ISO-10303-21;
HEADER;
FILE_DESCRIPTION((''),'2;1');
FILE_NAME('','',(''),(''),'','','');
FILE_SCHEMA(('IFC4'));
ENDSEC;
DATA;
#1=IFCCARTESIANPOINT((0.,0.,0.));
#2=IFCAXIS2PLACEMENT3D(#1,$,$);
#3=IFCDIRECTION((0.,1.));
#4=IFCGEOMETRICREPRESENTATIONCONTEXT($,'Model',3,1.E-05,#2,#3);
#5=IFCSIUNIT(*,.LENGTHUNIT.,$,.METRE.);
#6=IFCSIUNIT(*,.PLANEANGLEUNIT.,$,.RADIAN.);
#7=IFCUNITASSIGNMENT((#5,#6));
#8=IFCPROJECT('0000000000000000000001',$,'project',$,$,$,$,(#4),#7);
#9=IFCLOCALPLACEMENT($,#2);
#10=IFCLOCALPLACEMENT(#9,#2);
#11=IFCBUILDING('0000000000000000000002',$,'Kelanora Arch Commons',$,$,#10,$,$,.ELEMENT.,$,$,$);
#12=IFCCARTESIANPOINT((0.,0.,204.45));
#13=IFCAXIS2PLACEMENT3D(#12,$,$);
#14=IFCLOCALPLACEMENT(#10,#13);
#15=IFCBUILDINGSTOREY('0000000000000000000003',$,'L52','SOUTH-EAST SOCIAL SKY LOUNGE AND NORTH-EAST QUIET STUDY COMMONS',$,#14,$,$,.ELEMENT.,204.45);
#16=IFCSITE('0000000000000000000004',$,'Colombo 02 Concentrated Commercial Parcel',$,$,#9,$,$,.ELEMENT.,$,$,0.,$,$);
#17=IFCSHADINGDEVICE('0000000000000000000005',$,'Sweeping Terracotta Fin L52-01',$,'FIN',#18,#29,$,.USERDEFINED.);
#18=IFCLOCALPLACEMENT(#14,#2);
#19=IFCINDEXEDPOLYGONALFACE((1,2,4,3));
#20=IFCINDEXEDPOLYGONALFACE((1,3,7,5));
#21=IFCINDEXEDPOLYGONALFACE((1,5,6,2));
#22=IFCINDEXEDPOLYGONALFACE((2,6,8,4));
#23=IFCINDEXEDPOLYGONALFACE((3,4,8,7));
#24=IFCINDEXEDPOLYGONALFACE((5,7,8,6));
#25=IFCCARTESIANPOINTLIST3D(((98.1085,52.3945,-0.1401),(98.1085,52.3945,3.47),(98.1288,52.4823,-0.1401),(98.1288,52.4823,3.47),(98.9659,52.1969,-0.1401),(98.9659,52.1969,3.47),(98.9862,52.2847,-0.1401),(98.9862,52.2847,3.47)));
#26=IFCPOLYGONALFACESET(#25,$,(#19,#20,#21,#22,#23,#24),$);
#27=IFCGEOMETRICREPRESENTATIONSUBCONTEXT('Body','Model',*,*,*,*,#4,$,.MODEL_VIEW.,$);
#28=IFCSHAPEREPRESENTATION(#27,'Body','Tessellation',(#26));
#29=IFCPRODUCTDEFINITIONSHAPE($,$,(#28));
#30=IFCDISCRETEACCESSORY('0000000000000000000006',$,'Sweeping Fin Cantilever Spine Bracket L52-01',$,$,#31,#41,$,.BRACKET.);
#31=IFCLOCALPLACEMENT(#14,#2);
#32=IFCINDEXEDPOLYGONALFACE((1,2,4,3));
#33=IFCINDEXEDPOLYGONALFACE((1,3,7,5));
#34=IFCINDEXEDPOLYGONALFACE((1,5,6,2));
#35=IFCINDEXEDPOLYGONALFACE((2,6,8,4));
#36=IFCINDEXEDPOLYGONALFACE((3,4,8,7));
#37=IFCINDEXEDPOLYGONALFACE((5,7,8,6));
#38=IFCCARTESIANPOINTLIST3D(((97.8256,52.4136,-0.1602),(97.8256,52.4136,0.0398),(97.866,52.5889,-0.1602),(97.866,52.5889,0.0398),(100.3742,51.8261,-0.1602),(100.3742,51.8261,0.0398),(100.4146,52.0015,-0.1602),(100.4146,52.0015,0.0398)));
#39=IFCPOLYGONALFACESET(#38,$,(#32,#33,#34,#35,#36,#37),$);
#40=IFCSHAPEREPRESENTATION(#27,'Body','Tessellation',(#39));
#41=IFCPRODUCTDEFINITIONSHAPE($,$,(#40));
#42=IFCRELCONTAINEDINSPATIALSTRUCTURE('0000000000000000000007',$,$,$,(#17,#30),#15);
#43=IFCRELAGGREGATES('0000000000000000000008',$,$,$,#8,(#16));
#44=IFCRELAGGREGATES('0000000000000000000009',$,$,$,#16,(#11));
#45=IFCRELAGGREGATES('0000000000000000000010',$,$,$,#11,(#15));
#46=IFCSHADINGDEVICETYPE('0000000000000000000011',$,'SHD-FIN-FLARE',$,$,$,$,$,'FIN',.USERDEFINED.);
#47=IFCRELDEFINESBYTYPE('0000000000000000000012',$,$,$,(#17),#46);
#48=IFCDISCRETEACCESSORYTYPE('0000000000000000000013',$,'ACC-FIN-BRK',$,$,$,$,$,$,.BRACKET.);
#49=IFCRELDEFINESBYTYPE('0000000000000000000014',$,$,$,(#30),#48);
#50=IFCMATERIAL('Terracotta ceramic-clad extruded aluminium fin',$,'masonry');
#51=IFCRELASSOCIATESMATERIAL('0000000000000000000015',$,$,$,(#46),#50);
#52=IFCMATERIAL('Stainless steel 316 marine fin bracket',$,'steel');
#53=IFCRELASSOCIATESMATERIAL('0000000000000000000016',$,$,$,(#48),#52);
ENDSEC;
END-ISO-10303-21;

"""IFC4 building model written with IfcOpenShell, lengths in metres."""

from ifc_helpers import new_model, si_unit, direction, frame, origin, origin_2d, place, context, subcontext, project, spatial, rectangle, extrude, source, transform, mapped, material, type_object, element, save


model = new_model("IFC4")

# Units and contexts
model_context = context("Model", 3, precision=1e-05, world=origin(), true_north=direction((0.0, 1.0)))
body_context = subcontext(model_context, "Body", "Model", "MODEL_VIEW")
ifc_project = project(units=[si_unit("LENGTHUNIT", "METRE"), si_unit("PLANEANGLEUNIT", "RADIAN")], contexts=[model_context])

# Site, building, storey
site_placement = place(None, origin())
site = spatial("IfcSite", under=ifc_project, at=site_placement, Name="Colombo 02 Concentrated Commercial Parcel", CompositionType="ELEMENT", RefElevation=0.0)
building_placement = place(site_placement, origin())
building = spatial("IfcBuilding", under=site, at=building_placement, Name="Kelanora Arch Commons", CompositionType="ELEMENT")
storey_placement = place(building_placement, frame((0.0, 0.0, 204.45)))
storey = spatial("IfcBuildingStorey", under=building, at=storey_placement, Name="L52", Description="SOUTH-EAST SOCIAL SKY LOUNGE AND NORTH-EAST QUIET STUDY COMMONS", CompositionType="ELEMENT", Elevation=204.45)

# Shading device
ifc_material_1 = material(Name="Terracotta ceramic-clad extruded aluminium fin", Category="masonry")
shading_device_type = type_object("IfcShadingDeviceType", Name="SHD-FIN-FLARE", ElementType="FIN", PredefinedType="USERDEFINED", material=ifc_material_1)
shared_shape_1 = source(origin(), body_context, "Body", "SweptSolid", [
    extrude(rectangle(XDim=0.8799, YDim=0.0901, at=origin_2d()), origin(), (0.0, 0.0, 1.0), 3.6101),
])
shading_device_placement = place(storey_placement, frame((98.5474, 52.3396, -0.1401), z_axis=(0.0, 0.0, 1.0), x_axis=(0.974449, -0.224611, 0.0)))
element("IfcShadingDevice", 1, at=shading_device_placement, inside=storey, type_object=shading_device_type, Name="Sweeping Terracotta Fin L52-01", ObjectType="FIN", PredefinedType="USERDEFINED", context=body_context, shape_type="MappedRepresentation", body=[
    mapped(shared_shape_1, transform((0.0, 0.0, 0.0), scale=1.0)),
])

# Discrete accessory
ifc_material_2 = material(Name="Stainless steel 316 marine fin bracket", Category="steel")
discrete_accessory_type = type_object("IfcDiscreteAccessoryType", Name="ACC-FIN-BRK", PredefinedType="BRACKET", material=ifc_material_2)
shared_shape_2 = source(origin(), body_context, "Body", "SweptSolid", [
    extrude(rectangle(XDim=2.6155, YDim=0.1799, at=origin_2d()), origin(), (0.0, 0.0, 1.0), 0.2),
])
discrete_accessory_placement = place(storey_placement, frame((99.1201, 52.2075, -0.1602), z_axis=(0.0, 0.0, 1.0), x_axis=(0.974449, -0.224611, 0.0)))
element("IfcDiscreteAccessory", 2, at=discrete_accessory_placement, inside=storey, type_object=discrete_accessory_type, Name="Sweeping Fin Cantilever Spine Bracket L52-01", PredefinedType="BRACKET", context=body_context, shape_type="MappedRepresentation", body=[
    mapped(shared_shape_2, transform((0.0, 0.0, 0.0), scale=1.0)),
])

save(model, "model.ifc")
